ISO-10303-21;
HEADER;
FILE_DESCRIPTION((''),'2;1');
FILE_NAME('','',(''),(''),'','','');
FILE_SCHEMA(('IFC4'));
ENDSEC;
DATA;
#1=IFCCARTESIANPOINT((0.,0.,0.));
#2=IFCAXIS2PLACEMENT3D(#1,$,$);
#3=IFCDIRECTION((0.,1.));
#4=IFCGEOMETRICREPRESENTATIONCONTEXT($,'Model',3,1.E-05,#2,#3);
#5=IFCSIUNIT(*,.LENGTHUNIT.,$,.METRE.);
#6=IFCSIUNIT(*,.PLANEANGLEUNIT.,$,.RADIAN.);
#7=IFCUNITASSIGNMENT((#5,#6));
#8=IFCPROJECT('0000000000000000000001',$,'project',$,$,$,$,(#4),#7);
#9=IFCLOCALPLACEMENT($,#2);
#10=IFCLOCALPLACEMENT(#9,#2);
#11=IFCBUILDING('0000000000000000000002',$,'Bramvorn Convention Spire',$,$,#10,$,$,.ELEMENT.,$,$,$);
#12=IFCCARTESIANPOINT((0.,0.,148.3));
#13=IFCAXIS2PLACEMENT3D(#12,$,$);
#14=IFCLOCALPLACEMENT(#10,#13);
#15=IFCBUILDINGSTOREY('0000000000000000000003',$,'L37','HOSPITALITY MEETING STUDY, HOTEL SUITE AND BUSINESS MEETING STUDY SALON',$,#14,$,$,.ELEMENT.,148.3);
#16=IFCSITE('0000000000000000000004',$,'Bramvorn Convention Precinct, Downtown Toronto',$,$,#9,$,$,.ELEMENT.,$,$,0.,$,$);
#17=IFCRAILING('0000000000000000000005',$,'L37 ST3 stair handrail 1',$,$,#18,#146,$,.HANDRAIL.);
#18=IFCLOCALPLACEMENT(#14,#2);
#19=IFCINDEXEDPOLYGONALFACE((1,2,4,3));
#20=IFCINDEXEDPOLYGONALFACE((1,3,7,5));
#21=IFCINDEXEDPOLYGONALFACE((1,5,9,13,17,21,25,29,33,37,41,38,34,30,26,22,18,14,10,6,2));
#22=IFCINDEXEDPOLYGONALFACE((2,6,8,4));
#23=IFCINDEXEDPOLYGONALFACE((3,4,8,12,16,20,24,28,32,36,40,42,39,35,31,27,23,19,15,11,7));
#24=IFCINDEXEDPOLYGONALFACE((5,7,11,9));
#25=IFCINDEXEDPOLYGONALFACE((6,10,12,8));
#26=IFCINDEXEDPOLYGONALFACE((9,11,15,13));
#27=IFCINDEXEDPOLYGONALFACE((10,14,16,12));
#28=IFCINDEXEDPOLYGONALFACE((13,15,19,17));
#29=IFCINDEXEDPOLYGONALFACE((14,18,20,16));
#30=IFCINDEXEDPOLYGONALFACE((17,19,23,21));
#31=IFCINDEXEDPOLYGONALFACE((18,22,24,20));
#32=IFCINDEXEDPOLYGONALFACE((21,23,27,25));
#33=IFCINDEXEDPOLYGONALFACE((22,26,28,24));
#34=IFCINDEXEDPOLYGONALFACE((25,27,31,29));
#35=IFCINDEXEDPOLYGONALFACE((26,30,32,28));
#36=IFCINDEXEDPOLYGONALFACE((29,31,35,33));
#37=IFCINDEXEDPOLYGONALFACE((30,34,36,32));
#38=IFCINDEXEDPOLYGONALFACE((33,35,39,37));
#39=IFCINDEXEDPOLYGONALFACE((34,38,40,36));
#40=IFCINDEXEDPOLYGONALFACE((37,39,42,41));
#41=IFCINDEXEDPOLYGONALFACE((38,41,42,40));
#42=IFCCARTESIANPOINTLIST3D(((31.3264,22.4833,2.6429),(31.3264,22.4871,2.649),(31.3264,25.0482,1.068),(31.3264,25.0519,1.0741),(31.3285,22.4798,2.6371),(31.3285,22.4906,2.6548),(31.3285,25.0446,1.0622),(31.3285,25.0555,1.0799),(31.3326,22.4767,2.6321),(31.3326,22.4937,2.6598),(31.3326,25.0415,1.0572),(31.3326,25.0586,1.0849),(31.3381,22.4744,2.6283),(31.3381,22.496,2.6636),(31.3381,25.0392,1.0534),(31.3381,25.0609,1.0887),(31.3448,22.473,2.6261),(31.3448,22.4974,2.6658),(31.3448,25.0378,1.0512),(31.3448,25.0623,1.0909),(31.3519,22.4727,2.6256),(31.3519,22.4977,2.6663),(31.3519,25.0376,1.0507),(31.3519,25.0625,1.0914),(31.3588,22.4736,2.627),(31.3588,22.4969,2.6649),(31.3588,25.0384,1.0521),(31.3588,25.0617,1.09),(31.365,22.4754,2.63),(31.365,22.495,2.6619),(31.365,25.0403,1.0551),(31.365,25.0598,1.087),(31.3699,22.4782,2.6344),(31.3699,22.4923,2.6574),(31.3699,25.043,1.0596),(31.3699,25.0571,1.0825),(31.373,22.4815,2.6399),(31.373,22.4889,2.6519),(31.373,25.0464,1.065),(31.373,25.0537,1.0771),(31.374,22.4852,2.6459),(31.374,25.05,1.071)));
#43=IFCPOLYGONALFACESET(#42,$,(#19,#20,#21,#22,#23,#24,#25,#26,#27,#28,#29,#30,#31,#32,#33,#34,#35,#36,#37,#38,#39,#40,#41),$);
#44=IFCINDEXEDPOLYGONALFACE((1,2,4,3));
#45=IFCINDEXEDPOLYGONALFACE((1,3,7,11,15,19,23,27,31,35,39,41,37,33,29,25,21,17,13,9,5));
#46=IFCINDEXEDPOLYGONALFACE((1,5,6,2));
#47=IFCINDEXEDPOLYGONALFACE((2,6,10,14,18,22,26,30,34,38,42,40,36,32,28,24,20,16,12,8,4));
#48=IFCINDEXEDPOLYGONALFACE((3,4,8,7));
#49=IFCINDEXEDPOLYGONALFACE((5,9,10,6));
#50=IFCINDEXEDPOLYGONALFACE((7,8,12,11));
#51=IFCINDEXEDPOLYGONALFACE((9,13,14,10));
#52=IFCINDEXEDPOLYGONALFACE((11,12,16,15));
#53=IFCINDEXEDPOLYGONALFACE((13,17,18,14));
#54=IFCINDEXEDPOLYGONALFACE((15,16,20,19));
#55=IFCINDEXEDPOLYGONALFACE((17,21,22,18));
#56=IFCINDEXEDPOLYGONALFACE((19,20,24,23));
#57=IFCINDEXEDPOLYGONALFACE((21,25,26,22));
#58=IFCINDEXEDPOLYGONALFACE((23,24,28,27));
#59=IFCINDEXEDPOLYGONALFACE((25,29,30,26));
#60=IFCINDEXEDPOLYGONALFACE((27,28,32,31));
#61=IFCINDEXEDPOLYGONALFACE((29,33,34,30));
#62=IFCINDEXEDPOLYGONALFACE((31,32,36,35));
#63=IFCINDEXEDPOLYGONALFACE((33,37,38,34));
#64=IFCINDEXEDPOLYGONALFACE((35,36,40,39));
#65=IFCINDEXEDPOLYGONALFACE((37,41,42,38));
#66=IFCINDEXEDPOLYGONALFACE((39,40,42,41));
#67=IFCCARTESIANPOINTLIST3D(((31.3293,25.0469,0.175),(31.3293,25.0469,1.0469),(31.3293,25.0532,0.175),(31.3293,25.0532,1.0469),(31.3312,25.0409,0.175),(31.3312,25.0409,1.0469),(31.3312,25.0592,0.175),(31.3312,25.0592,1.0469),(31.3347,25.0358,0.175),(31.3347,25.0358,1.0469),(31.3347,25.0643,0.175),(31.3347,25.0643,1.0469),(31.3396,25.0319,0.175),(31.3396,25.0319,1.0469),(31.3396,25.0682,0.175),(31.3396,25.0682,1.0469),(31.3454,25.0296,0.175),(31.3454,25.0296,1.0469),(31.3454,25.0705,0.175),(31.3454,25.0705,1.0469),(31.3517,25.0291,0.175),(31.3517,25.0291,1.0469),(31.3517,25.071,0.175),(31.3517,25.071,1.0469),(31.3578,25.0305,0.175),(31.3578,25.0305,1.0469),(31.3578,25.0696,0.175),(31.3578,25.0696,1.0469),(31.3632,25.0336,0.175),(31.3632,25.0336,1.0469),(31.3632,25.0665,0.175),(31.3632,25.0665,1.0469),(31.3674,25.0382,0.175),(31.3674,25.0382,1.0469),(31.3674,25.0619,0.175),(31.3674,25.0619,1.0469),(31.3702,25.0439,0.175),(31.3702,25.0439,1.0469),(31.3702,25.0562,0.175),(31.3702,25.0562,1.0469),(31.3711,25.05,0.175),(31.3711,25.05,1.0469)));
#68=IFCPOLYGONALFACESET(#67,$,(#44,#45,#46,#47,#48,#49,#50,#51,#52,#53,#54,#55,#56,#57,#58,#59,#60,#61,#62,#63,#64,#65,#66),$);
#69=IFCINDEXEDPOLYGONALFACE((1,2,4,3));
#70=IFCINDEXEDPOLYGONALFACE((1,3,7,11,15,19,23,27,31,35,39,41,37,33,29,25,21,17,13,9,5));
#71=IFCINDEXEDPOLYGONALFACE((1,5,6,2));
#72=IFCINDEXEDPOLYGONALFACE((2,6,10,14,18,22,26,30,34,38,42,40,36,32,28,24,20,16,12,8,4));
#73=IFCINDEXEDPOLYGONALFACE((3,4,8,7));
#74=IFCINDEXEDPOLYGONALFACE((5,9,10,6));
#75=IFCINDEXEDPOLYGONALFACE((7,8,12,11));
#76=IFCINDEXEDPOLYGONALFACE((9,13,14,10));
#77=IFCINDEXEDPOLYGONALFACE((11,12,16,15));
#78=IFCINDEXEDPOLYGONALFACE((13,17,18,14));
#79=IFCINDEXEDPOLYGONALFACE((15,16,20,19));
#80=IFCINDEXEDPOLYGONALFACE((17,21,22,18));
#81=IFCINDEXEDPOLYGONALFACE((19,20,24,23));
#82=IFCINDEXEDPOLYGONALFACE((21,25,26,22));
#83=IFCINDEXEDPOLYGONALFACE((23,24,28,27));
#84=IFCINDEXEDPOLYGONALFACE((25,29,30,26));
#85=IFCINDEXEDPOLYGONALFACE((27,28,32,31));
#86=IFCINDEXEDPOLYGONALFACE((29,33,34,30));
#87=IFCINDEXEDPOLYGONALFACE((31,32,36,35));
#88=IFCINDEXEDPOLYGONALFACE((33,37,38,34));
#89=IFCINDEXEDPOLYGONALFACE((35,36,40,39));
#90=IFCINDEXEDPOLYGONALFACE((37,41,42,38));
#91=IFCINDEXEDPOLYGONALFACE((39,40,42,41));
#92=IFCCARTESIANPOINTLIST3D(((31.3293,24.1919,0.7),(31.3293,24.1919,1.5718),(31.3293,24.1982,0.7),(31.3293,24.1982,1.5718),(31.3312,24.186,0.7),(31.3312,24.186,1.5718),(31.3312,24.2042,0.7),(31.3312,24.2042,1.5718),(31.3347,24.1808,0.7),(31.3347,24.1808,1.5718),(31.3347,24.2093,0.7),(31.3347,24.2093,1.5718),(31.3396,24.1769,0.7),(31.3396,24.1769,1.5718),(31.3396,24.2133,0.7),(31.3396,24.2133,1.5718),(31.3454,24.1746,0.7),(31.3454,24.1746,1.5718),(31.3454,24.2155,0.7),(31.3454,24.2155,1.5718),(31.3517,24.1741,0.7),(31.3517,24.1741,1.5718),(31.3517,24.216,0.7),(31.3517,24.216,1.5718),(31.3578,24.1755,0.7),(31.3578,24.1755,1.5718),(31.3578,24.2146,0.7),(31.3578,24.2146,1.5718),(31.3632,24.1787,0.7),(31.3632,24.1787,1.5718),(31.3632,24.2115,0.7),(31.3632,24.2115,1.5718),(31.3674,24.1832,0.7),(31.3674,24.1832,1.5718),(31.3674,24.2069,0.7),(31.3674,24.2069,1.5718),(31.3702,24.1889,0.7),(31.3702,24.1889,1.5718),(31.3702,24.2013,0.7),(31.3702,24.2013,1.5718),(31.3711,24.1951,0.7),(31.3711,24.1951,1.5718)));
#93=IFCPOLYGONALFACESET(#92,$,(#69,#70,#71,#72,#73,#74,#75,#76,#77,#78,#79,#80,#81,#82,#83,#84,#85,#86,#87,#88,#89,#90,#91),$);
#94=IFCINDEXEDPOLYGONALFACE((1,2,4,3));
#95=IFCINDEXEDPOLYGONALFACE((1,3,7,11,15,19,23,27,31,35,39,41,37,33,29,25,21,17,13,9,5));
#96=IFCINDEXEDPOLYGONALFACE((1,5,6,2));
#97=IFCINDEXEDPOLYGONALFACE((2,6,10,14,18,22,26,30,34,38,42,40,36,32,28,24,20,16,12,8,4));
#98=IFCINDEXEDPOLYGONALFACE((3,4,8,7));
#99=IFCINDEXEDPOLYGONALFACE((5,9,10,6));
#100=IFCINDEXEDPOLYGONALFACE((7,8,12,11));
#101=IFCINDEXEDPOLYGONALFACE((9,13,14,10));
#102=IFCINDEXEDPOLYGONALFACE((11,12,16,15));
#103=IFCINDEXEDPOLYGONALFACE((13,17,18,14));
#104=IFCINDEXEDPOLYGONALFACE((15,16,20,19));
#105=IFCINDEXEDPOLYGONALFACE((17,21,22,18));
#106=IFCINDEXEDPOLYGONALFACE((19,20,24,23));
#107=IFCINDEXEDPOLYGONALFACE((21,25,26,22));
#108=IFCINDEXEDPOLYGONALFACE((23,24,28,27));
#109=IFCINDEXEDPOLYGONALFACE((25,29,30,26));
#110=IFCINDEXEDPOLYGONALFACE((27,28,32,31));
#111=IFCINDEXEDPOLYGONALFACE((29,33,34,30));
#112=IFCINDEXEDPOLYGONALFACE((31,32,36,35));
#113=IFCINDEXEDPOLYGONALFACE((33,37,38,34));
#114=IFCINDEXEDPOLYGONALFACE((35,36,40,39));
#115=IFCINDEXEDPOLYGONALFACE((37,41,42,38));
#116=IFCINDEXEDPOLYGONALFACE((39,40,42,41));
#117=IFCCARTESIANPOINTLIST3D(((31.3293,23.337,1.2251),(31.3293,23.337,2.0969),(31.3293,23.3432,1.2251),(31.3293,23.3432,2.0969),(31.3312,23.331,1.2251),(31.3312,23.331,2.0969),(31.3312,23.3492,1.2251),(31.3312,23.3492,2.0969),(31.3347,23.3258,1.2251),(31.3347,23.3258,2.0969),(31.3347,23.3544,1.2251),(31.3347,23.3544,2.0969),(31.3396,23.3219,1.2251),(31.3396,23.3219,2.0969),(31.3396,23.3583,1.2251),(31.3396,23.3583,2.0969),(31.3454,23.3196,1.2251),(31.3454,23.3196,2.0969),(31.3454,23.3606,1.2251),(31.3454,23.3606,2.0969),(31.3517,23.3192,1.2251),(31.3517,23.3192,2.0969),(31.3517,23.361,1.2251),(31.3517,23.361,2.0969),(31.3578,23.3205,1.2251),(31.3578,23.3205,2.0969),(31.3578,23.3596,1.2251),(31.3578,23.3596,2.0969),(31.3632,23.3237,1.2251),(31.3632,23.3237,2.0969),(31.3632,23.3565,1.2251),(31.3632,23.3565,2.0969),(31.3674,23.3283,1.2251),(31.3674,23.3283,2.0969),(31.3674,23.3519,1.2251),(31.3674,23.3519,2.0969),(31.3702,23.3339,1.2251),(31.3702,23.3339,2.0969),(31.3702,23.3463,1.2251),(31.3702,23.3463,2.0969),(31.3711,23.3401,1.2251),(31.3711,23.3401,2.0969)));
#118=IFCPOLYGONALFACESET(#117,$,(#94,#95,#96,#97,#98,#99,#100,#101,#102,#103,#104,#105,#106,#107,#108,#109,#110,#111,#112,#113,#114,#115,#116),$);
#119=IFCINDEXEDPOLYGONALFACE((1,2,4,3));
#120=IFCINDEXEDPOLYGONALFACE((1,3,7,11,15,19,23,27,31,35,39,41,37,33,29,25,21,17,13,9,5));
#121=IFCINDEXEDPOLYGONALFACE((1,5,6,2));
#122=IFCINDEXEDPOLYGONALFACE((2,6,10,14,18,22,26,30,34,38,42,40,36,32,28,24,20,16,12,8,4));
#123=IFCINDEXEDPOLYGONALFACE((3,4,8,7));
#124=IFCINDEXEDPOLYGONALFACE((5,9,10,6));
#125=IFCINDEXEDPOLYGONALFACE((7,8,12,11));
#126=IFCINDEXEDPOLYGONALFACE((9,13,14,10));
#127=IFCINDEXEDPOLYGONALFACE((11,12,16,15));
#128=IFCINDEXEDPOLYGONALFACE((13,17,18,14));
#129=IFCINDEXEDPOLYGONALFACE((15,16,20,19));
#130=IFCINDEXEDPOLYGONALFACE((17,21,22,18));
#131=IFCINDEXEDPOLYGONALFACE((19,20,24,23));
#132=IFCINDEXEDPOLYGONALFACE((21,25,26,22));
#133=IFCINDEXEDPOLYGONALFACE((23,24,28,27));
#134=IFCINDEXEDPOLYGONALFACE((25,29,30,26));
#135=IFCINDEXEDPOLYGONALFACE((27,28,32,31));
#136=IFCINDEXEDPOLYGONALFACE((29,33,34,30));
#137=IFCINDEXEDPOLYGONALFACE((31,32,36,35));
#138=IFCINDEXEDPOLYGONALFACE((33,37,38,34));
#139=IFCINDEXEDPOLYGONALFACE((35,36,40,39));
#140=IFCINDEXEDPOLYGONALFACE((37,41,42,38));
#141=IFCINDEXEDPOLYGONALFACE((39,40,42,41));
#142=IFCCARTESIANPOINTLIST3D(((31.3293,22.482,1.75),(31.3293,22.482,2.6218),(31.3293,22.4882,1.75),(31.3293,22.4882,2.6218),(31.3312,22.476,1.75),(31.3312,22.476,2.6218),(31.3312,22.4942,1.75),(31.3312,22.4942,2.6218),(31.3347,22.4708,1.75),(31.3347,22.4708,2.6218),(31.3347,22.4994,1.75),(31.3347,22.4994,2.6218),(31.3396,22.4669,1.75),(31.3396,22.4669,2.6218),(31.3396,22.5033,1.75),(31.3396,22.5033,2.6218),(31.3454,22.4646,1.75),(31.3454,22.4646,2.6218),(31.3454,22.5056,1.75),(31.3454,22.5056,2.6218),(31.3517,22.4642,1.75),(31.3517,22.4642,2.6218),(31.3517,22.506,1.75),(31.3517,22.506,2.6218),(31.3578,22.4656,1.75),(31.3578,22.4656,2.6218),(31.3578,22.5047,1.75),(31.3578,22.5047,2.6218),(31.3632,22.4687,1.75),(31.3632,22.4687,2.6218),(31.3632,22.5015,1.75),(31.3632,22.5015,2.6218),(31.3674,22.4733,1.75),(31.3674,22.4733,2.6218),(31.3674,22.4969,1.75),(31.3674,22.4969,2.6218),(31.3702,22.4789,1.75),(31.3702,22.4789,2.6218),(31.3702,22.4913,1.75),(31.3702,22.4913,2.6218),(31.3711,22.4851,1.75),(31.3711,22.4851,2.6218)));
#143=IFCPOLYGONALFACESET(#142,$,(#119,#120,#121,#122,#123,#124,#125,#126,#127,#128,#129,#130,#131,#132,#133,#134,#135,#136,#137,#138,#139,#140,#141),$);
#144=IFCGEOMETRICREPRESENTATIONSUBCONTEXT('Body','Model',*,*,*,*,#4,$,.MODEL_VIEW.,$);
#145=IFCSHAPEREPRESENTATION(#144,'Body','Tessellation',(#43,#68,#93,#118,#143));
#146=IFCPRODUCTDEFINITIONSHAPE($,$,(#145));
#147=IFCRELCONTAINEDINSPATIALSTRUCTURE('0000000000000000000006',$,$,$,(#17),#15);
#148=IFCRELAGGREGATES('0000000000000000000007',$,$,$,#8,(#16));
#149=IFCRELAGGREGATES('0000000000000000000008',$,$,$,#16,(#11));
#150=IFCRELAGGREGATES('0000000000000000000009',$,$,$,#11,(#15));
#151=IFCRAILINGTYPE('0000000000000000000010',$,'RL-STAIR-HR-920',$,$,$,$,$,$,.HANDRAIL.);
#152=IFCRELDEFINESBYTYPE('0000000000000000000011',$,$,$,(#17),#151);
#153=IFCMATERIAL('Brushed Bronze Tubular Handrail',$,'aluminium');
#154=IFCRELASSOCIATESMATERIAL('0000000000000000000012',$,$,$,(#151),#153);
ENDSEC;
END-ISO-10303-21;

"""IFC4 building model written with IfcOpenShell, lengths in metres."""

from ifc_helpers import new_model, si_unit, direction, frame, origin, origin_2d, place, context, subcontext, project, spatial, circle, extrude, material, type_object, element, save


model = new_model("IFC4")

# Units and contexts
model_context = context("Model", 3, precision=1e-05, world=origin(), true_north=direction((0.0, 1.0)))
body_context = subcontext(model_context, "Body", "Model", "MODEL_VIEW")
ifc_project = project(units=[si_unit("LENGTHUNIT", "METRE"), si_unit("PLANEANGLEUNIT", "RADIAN")], contexts=[model_context])

# Site, building, storey
site_placement = place(None, origin())
site = spatial("IfcSite", under=ifc_project, at=site_placement, Name="Bramvorn Convention Precinct, Downtown Toronto", CompositionType="ELEMENT", RefElevation=0.0)
building_placement = place(site_placement, origin())
building = spatial("IfcBuilding", under=site, at=building_placement, Name="Bramvorn Convention Spire", CompositionType="ELEMENT")
storey_placement = place(building_placement, frame((0.0, 0.0, 148.3)))
storey = spatial("IfcBuildingStorey", under=building, at=storey_placement, Name="L37", Description="HOSPITALITY MEETING STUDY, HOTEL SUITE AND BUSINESS MEETING STUDY SALON", CompositionType="ELEMENT", Elevation=148.3)

# Railing
ifc_material_1 = material(Name="Brushed Bronze Tubular Handrail", Category="aluminium")
railing_type_1 = type_object("IfcRailingType", Name="RL-STAIR-HR-920", PredefinedType="HANDRAIL", material=ifc_material_1)
for number, where, name in (
    (1, (31.3501, 25.05, 0.175), "L37 ST3 stair handrail 1"),
):
    element("IfcRailing", number, at=place(storey_placement, frame(where)), inside=storey, type_object=railing_type_1, Name=name, PredefinedType="HANDRAIL", context=body_context, shape_type="SweptSolid", body=[
        extrude(circle(Radius=0.0239, at=origin_2d()), frame((0.0, 0.0, 0.896), z_axis=(0.0, -0.852173, 0.52326), x_axis=(1.0, 0.0, 0.0)), (0.0, 0.0, 1.0), 3.0098),
        extrude(circle(Radius=0.021, at=origin_2d()), origin(), (0.0, 0.0, 1.0), 0.8718),
        extrude(circle(Radius=0.021, at=origin_2d()), frame((0.0, -0.855, 0.5249)), (0.0, 0.0, 1.0), 0.8718),
        extrude(circle(Radius=0.021, at=origin_2d()), frame((0.0, -1.71, 1.05)), (0.0, 0.0, 1.0), 0.8718),
        extrude(circle(Radius=0.021, at=origin_2d()), frame((0.0, -2.5649, 1.575)), (0.0, 0.0, 1.0), 0.8718),
    ])

save(model, "model.ifc")
